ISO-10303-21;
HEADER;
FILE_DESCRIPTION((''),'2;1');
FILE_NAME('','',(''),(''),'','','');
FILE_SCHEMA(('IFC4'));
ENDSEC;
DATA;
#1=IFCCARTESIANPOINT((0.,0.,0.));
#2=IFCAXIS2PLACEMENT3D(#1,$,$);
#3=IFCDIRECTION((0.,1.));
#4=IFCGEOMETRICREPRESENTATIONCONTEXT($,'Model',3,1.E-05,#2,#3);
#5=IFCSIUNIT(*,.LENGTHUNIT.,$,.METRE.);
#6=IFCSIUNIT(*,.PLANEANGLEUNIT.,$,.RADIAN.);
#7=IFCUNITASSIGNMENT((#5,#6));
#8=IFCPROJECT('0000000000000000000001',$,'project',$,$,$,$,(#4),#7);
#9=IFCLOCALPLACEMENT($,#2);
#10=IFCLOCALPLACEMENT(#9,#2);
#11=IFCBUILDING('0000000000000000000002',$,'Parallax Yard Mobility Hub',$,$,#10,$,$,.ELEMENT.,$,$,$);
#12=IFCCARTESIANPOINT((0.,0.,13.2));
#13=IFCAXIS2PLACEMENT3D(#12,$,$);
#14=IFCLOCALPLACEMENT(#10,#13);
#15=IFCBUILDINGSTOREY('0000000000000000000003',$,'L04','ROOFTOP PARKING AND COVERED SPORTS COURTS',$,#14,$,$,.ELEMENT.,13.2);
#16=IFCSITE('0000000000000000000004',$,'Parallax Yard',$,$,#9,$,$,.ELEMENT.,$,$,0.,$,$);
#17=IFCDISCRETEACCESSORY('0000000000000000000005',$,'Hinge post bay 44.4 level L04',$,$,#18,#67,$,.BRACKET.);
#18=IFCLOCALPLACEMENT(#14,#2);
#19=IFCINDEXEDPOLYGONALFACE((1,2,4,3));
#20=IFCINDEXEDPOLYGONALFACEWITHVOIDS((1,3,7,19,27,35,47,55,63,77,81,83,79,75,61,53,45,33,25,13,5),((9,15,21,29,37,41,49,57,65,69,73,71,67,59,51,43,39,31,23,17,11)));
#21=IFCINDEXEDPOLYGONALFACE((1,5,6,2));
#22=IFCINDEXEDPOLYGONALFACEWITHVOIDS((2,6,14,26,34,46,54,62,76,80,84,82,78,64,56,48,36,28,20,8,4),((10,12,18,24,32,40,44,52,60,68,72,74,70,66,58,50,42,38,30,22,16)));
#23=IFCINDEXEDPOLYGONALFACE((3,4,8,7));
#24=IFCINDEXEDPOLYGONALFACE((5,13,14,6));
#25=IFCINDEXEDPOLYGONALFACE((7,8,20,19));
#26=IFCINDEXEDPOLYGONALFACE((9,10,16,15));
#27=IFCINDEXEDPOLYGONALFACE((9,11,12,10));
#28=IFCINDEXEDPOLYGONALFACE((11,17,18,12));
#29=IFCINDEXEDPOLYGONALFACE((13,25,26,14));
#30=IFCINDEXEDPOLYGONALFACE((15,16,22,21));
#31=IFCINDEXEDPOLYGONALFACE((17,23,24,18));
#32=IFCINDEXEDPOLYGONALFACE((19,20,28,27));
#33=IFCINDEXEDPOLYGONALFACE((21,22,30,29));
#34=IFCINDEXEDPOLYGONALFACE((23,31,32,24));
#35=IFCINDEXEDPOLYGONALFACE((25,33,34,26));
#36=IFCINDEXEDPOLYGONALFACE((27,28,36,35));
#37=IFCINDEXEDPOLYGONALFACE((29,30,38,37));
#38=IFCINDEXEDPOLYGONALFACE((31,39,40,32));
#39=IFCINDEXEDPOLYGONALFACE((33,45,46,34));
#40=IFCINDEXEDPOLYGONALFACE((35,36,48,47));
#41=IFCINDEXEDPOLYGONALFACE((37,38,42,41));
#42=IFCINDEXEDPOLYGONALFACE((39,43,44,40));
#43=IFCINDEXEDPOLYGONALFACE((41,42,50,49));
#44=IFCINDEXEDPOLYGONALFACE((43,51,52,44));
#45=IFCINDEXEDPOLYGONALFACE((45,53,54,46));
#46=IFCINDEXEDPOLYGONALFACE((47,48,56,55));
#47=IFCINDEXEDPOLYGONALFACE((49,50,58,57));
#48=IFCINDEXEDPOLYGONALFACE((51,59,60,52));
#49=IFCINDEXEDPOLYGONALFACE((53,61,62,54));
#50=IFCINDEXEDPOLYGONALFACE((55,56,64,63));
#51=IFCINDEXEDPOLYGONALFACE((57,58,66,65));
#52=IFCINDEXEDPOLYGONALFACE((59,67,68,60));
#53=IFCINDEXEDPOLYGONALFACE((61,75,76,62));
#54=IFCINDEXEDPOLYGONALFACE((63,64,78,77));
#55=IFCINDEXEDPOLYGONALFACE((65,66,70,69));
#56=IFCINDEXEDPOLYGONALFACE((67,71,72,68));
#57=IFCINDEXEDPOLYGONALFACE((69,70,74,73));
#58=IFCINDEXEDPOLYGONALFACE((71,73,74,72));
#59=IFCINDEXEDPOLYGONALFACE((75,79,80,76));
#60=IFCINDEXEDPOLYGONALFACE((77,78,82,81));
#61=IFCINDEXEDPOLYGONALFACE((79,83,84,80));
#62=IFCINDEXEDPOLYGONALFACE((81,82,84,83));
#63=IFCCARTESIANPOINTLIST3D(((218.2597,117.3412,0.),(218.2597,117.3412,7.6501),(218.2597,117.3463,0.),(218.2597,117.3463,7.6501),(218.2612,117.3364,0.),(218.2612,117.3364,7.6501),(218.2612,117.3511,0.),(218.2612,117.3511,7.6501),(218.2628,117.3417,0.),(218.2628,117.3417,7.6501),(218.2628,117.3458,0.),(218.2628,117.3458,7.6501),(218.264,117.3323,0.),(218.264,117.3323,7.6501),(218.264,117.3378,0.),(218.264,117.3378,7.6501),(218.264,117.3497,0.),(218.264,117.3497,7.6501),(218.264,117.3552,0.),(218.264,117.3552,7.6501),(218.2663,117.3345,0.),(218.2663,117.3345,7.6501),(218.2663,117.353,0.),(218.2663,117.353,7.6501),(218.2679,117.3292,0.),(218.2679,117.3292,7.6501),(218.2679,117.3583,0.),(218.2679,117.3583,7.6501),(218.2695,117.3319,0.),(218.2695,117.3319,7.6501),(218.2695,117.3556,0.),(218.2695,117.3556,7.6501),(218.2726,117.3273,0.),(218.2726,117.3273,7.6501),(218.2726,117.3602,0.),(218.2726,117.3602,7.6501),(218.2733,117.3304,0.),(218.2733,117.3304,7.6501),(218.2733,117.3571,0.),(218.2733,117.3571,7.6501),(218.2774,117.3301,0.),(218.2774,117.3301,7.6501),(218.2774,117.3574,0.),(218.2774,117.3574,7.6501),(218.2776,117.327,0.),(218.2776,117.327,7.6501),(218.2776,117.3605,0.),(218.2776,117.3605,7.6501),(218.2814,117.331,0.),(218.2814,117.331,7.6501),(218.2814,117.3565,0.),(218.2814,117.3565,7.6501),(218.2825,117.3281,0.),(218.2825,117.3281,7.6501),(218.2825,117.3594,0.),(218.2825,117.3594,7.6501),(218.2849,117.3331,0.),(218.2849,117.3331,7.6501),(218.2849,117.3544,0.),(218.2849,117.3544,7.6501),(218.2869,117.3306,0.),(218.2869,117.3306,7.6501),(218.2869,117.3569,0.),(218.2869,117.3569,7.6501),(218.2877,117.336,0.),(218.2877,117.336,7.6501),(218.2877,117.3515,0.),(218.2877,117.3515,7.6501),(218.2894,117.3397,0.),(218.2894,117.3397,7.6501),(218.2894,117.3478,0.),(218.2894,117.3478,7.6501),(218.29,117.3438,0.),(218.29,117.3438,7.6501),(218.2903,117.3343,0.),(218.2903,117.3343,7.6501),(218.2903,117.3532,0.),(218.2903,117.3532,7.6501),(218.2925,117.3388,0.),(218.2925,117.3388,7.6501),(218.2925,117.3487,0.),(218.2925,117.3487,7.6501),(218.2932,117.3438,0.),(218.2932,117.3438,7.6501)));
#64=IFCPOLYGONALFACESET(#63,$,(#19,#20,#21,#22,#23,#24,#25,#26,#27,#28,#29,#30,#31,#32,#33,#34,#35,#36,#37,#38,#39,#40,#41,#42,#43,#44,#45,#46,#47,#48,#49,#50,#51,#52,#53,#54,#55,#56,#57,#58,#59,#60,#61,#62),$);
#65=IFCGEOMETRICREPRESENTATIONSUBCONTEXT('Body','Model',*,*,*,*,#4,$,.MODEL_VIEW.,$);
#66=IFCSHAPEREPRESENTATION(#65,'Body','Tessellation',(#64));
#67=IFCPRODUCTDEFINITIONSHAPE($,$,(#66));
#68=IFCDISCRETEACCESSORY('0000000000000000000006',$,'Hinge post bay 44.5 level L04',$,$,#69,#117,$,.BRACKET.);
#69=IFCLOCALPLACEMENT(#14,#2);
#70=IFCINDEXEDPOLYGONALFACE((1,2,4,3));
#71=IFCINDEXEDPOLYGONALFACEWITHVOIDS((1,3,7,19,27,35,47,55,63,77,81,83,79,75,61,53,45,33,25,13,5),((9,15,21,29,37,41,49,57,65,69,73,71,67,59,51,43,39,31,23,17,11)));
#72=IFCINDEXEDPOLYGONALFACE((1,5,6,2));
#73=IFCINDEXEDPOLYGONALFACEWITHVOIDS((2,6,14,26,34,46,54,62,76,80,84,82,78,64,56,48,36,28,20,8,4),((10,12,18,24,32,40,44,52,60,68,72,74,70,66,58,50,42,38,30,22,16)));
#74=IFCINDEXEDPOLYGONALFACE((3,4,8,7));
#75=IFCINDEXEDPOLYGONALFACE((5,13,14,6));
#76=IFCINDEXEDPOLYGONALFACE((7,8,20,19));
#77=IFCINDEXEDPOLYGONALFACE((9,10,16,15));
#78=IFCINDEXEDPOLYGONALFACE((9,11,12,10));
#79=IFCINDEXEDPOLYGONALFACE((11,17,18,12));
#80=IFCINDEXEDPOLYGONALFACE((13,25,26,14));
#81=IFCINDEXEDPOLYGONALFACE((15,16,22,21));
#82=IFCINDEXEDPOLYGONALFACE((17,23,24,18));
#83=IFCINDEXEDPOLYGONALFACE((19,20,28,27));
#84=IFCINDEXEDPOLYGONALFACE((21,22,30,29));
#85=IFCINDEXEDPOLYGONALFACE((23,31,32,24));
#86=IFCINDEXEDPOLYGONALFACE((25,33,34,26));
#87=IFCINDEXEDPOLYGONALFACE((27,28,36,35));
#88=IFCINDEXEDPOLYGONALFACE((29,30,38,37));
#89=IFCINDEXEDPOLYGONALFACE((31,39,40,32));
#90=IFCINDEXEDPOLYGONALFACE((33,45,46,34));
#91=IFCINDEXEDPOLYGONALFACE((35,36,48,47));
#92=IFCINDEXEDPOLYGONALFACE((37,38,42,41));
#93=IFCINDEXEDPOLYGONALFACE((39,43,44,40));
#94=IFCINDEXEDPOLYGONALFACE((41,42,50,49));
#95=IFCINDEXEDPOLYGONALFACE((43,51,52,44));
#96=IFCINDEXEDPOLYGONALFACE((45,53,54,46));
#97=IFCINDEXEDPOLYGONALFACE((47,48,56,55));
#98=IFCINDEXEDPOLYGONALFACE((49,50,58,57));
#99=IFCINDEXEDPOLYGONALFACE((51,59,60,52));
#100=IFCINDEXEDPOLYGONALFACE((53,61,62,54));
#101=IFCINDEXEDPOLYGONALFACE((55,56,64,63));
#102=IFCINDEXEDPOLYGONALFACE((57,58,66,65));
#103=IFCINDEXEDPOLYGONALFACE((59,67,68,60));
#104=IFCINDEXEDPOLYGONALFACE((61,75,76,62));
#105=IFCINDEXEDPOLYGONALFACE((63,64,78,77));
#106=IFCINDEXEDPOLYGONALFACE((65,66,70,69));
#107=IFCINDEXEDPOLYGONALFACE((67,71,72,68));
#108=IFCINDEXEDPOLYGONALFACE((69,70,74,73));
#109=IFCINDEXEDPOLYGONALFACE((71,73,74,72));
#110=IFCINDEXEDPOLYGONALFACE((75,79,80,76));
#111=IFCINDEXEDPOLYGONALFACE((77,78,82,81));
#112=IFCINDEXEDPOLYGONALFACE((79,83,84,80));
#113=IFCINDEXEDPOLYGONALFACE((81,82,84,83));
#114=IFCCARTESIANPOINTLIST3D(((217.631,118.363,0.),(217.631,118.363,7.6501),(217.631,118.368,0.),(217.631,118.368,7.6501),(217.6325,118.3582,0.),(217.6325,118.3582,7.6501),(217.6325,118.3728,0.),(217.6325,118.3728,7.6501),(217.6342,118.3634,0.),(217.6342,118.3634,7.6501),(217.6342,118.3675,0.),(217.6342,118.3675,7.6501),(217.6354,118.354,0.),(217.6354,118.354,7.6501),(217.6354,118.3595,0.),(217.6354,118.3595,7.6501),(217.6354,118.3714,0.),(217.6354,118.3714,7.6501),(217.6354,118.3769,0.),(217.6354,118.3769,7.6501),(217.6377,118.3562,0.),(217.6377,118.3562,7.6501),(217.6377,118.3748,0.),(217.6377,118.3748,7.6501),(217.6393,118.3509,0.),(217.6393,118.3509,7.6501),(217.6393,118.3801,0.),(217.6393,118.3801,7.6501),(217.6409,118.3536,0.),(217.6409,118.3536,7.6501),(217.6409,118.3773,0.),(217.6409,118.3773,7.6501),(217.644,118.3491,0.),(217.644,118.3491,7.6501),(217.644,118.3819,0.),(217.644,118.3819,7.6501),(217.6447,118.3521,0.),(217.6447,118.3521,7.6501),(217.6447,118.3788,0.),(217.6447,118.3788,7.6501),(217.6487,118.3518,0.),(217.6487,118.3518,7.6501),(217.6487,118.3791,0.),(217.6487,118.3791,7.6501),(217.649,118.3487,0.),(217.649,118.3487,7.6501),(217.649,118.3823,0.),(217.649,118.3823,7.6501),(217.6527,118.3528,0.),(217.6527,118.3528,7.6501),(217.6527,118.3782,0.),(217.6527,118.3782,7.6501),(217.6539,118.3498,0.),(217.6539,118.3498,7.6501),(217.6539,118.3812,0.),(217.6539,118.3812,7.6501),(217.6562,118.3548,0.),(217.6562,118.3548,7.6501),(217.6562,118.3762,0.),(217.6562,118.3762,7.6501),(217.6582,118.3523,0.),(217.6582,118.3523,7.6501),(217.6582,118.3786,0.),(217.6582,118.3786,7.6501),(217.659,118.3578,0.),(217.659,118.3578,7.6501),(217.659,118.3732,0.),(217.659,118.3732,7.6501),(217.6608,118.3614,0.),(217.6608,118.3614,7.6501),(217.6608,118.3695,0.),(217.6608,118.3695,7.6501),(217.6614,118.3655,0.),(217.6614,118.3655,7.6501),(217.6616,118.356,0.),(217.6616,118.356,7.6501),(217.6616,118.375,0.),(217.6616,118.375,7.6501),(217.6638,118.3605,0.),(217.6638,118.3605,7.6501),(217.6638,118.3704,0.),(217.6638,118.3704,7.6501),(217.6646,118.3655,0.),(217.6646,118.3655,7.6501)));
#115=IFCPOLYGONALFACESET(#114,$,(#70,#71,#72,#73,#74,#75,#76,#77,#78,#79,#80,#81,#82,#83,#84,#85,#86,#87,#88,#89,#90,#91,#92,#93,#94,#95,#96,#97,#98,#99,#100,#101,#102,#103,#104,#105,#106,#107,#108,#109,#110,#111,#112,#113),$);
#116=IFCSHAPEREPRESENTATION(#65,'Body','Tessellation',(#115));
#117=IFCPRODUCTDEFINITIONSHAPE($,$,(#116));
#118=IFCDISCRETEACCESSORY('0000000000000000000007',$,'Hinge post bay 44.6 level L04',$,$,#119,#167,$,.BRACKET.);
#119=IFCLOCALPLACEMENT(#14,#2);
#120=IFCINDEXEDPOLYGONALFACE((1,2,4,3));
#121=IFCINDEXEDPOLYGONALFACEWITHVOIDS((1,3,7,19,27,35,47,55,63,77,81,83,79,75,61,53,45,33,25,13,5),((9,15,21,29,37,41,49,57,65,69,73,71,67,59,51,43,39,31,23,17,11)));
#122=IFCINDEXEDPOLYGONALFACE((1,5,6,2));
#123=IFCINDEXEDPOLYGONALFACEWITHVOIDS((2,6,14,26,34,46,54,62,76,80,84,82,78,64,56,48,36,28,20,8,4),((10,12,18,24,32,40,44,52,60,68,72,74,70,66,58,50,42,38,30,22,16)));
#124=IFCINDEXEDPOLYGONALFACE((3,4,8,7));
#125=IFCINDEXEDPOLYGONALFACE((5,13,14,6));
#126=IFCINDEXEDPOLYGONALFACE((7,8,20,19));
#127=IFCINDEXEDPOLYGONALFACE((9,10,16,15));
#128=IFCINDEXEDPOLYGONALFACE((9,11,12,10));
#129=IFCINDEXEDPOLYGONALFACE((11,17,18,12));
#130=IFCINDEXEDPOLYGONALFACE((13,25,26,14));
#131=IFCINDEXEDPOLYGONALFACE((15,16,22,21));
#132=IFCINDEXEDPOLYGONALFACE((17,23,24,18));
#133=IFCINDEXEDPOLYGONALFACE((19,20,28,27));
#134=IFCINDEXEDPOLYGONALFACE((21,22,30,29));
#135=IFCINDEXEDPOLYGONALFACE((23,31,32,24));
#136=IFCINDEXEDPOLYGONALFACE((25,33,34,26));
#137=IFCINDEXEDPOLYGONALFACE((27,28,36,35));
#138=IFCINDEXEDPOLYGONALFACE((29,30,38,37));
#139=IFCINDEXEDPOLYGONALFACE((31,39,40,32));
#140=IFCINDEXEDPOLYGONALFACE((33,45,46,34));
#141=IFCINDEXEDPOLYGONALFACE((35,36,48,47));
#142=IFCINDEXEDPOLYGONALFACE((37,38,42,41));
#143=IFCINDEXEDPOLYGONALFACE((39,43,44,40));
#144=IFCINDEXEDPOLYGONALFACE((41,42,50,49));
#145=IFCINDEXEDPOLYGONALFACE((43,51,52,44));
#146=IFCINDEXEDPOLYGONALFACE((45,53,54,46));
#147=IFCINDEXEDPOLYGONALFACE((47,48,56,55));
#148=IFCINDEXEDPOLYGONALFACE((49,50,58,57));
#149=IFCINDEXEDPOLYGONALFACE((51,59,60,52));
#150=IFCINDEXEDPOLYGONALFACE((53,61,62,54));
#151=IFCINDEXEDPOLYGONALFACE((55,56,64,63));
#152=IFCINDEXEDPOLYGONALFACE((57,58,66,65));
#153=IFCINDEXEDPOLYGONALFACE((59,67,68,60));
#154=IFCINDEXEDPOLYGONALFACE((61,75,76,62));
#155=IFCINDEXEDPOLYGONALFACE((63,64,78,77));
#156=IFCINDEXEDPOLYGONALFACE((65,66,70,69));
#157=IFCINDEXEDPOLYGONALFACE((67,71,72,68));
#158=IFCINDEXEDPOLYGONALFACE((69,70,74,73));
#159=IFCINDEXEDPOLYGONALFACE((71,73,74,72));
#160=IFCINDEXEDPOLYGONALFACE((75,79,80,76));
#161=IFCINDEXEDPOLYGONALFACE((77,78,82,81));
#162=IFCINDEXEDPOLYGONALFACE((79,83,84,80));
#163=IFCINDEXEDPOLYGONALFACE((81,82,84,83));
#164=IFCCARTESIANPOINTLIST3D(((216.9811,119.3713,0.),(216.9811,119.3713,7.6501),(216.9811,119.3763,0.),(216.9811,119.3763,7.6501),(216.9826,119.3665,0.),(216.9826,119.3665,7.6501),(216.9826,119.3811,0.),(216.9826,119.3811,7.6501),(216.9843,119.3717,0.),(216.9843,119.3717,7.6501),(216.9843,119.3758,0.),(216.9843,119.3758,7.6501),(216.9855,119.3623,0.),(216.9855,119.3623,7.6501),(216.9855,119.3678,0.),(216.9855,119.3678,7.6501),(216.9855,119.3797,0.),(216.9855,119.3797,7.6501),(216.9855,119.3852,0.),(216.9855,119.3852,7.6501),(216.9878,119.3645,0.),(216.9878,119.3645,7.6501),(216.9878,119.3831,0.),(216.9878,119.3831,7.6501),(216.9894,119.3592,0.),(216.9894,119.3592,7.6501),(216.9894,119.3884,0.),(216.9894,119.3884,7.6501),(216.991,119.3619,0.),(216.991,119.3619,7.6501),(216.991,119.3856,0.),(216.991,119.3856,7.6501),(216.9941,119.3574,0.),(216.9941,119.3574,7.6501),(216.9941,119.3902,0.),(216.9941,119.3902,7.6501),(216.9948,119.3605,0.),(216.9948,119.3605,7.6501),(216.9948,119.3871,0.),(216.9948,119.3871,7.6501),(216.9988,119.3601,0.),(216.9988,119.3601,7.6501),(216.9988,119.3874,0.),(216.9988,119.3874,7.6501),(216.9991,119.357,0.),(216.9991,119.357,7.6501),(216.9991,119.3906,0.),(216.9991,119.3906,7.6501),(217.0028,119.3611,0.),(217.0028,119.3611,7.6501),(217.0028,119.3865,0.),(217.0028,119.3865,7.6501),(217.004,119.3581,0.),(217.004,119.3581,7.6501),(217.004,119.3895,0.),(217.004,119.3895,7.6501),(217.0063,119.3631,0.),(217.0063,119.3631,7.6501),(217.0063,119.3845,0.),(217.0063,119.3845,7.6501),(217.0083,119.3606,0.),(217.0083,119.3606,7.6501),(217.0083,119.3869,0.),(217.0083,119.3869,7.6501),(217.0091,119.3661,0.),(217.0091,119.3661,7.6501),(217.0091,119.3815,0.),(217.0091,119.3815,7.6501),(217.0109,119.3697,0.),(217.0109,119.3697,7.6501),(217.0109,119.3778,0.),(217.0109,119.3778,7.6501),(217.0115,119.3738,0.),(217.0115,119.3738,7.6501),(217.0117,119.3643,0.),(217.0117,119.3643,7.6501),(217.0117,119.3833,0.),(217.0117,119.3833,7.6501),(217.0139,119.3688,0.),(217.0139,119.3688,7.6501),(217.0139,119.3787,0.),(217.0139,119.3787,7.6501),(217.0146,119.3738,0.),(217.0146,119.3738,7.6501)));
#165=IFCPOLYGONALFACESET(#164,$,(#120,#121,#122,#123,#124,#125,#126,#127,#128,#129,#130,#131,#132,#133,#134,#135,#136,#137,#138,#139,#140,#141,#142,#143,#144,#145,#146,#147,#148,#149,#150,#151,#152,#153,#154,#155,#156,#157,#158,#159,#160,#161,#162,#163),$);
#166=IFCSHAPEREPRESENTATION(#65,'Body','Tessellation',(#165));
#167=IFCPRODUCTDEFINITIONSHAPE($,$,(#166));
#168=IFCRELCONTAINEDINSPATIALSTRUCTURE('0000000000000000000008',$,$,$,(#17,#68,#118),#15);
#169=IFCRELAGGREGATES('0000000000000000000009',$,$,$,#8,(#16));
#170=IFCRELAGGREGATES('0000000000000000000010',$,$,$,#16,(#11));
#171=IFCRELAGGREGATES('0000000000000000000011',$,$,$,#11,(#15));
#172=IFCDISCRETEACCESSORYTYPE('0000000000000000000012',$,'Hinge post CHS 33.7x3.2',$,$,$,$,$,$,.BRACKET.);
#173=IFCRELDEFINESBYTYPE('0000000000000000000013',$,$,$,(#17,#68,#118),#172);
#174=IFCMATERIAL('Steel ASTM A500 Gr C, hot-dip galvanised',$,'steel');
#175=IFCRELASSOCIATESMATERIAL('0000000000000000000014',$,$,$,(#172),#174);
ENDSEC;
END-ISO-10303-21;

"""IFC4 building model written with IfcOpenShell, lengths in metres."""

from ifc_helpers import new_model, si_unit, direction, frame, origin, origin_2d, place, context, subcontext, project, spatial, hollow_circle, extrude, material, material_profile, profile_set, type_object, element, save


model = new_model("IFC4")

# Units and contexts
model_context = context("Model", 3, precision=1e-05, world=origin(), true_north=direction((0.0, 1.0)))
body_context = subcontext(model_context, "Body", "Model", "MODEL_VIEW")
ifc_project = project(units=[si_unit("LENGTHUNIT", "METRE"), si_unit("PLANEANGLEUNIT", "RADIAN")], contexts=[model_context])

# Site, building, storey
site_placement = place(None, origin())
site = spatial("IfcSite", under=ifc_project, at=site_placement, Name="Parallax Yard", CompositionType="ELEMENT", RefElevation=0.0)
building_placement = place(site_placement, origin())
building = spatial("IfcBuilding", under=site, at=building_placement, Name="Parallax Yard Mobility Hub", CompositionType="ELEMENT")
storey_placement = place(building_placement, frame((0.0, 0.0, 13.2)))
storey = spatial("IfcBuildingStorey", under=building, at=storey_placement, Name="L04", Description="ROOFTOP PARKING AND COVERED SPORTS COURTS", CompositionType="ELEMENT", Elevation=13.2)

# Discrete accessories
ifc_material_1 = material(Name="Steel ASTM A500 Gr C, hot-dip galvanised", Category="steel")
ifc_material_profile_1 = material_profile(ifc_material_1, hollow_circle(Radius=0.0168, WallThickness=0.0032, at=origin_2d()), Name="CHS 33.7x3.2")
ifc_profile_set_1 = profile_set([ifc_material_profile_1], Name="Steel ASTM A500 Gr C, hot-dip galvanised")
discrete_accessory_type_1 = type_object("IfcDiscreteAccessoryType", Name="Hinge post CHS 33.7x3.2", PredefinedType="BRACKET", material=ifc_profile_set_1)
for number, where, z_axis, x_axis, name in (
    (1, (218.2764, 117.3438, 0.0), (0.0, 0.0, 1.0), (1.0, 0.0, 0.0), "Hinge post bay 44.4 level L04"),
    (2, (217.6477, 118.3655, 0.0), (0.0, 0.0, 1.0), (1.0, 0.0, 0.0), "Hinge post bay 44.5 level L04"),
    (3, (216.9978, 119.3738, 0.0), (0.0, 0.0, 1.0), (1.0, 0.0, 0.0), "Hinge post bay 44.6 level L04"),
):
    element("IfcDiscreteAccessory", number, at=place(storey_placement, frame(where, z_axis=z_axis, x_axis=x_axis)), inside=storey, type_object=discrete_accessory_type_1, Name=name, PredefinedType="BRACKET", context=body_context, shape_type="SweptSolid", body=[
        extrude(hollow_circle(Radius=0.0168, WallThickness=0.0032, at=origin_2d()), origin(), (0.0, 0.0, 1.0), 7.6501),
    ])

save(model, "model.ifc")
